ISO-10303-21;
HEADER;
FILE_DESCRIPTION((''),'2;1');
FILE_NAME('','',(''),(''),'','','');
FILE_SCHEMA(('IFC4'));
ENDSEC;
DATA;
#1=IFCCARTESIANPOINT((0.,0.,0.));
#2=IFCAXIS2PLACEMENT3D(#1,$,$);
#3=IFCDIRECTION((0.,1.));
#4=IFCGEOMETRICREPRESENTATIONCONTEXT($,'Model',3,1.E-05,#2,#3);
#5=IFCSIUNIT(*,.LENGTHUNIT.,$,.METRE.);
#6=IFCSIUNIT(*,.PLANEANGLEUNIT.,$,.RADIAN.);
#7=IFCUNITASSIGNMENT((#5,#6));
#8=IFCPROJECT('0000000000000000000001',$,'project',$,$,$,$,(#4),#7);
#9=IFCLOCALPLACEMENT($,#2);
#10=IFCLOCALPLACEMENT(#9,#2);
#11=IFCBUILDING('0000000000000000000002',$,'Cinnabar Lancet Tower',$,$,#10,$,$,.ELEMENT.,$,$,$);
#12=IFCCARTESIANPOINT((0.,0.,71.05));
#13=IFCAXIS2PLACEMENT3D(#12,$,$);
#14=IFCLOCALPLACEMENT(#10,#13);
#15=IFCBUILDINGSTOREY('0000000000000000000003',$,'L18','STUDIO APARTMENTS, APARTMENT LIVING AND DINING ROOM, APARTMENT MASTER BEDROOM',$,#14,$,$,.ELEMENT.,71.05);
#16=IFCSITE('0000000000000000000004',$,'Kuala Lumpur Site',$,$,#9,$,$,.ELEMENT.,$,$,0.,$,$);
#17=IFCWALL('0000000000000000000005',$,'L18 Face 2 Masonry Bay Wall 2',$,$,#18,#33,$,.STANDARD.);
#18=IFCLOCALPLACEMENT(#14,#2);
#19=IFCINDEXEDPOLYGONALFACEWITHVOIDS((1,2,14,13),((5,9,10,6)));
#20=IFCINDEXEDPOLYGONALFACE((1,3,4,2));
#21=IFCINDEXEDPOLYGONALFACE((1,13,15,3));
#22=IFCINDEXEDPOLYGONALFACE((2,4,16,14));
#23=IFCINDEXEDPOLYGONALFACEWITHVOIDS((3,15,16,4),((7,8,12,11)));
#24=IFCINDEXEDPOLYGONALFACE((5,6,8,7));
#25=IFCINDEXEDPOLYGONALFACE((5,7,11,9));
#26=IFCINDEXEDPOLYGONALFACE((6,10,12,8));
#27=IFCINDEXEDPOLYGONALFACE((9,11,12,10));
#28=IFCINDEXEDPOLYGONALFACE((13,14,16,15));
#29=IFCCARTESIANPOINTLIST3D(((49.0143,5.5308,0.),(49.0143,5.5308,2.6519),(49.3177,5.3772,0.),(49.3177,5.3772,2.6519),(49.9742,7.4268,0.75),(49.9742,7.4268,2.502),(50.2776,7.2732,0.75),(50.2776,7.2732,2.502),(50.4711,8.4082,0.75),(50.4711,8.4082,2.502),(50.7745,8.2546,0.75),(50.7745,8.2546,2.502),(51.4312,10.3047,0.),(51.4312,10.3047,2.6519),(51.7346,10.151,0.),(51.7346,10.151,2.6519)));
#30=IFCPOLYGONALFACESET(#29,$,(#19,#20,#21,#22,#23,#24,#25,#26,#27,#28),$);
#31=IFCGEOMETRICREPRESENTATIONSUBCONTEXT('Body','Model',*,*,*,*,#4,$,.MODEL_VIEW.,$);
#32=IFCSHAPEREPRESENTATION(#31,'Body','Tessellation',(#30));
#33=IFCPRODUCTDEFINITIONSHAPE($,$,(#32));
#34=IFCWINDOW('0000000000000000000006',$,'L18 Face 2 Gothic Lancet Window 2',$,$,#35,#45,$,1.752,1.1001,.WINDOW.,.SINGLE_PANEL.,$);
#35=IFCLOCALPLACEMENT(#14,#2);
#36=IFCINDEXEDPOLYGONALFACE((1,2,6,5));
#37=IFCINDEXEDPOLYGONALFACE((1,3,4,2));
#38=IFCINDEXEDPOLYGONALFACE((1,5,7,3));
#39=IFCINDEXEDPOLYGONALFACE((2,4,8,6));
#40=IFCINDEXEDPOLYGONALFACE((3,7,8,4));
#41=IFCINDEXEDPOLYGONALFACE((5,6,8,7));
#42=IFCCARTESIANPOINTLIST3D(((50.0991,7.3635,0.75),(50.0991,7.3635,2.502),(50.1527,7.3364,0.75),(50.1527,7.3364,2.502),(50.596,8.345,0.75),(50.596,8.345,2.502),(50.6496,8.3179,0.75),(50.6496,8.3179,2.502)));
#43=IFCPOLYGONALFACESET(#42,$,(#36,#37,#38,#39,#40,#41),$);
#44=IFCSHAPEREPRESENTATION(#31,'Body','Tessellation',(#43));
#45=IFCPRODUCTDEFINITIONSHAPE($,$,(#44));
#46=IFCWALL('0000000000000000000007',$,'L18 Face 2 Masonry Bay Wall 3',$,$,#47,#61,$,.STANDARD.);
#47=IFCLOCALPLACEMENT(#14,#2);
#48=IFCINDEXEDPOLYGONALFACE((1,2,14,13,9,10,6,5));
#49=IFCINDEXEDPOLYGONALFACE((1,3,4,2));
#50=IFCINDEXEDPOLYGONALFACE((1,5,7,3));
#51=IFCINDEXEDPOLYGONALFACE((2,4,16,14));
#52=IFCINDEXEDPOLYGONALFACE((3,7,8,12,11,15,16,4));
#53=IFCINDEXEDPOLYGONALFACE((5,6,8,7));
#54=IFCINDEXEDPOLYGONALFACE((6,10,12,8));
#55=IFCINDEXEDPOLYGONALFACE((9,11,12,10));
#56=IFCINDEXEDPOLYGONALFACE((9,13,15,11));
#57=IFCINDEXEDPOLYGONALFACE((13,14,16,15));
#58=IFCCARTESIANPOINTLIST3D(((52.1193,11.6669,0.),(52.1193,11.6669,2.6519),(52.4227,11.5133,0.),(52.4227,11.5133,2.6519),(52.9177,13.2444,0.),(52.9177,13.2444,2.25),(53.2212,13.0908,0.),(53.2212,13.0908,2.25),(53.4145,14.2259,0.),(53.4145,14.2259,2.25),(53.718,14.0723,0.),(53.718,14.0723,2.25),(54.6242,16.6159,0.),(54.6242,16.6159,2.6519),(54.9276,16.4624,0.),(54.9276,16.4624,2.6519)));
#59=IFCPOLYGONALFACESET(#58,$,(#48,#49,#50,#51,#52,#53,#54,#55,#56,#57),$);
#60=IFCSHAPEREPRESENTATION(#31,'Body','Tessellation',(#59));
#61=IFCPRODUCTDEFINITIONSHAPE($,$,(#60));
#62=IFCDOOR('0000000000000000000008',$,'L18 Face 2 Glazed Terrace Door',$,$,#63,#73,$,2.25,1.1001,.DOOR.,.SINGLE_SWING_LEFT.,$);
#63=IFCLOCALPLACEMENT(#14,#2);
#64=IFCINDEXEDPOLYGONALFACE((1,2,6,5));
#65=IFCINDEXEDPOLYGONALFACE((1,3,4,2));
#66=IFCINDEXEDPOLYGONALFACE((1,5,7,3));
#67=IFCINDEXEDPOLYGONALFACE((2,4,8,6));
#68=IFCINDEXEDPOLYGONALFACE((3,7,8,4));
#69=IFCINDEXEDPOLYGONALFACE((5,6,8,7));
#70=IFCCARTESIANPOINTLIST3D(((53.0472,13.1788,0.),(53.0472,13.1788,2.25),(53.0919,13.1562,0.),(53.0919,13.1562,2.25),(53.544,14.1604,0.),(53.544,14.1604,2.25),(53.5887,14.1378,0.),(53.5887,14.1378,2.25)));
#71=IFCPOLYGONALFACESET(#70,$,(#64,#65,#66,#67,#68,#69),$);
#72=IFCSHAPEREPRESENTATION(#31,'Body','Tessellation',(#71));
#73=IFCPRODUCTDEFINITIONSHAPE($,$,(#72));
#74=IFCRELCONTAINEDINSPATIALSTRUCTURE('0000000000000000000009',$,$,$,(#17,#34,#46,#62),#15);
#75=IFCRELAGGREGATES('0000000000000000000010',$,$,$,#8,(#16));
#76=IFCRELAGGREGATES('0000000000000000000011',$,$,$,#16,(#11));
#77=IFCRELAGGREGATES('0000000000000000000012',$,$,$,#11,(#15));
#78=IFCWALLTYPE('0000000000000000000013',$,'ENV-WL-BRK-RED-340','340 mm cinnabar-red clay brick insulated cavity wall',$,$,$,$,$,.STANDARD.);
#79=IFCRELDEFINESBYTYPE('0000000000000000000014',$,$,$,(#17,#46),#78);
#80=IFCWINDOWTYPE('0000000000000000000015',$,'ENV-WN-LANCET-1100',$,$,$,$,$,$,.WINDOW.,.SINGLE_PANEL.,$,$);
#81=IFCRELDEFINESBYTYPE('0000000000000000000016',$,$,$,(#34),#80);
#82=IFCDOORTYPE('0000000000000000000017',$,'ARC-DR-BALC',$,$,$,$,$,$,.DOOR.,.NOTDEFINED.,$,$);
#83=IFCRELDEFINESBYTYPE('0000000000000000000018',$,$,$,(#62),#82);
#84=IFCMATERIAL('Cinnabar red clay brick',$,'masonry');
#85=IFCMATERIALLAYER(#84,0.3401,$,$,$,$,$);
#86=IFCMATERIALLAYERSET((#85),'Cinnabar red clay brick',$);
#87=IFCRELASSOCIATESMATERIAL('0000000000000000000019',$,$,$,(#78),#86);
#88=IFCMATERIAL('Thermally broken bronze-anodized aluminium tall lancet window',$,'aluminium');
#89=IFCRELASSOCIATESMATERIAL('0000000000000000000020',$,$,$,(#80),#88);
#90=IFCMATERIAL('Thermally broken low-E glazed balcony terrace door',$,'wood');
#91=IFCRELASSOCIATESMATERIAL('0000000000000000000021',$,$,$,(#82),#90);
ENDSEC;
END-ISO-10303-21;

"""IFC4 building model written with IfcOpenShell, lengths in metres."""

from ifc_helpers import new_model, si_unit, direction, frame, frame_2d, origin, place, context, subcontext, project, spatial, rectangle, extrude, material, layer, layer_set, type_object, element, fill, save


model = new_model("IFC4")

# Units and contexts
model_context = context("Model", 3, precision=1e-05, world=origin(), true_north=direction((0.0, 1.0)))
body_context = subcontext(model_context, "Body", "Model", "MODEL_VIEW")
ifc_project = project(units=[si_unit("LENGTHUNIT", "METRE"), si_unit("PLANEANGLEUNIT", "RADIAN")], contexts=[model_context])

# Site, building, storey
site_placement = place(None, origin())
site = spatial("IfcSite", under=ifc_project, at=site_placement, Name="Kuala Lumpur Site", CompositionType="ELEMENT", RefElevation=0.0)
building_placement = place(site_placement, origin())
building = spatial("IfcBuilding", under=site, at=building_placement, Name="Cinnabar Lancet Tower", CompositionType="ELEMENT")
storey_placement = place(building_placement, frame((0.0, 0.0, 71.05)))
storey = spatial("IfcBuildingStorey", under=building, at=storey_placement, Name="L18", Description="STUDIO APARTMENTS, APARTMENT LIVING AND DINING ROOM, APARTMENT MASTER BEDROOM", CompositionType="ELEMENT", Elevation=71.05)

# Shared definitions
ifc_material_1 = material(Name="Cinnabar red clay brick", Category="masonry")
ifc_layer_1 = layer(ifc_material_1, 0.3401)
ifc_layer_set_1 = layer_set([ifc_layer_1], Name="Cinnabar red clay brick")
wall_type_1 = type_object("IfcWallType", Name="ENV-WL-BRK-RED-340", Description="340 mm cinnabar-red clay brick insulated cavity wall", PredefinedType="STANDARD", material=ifc_layer_set_1)

# Wall, opening, window
wall_1_placement = place(storey_placement, frame((49.166, 5.4541, 0.0), z_axis=(0.0, 0.0, 1.0), x_axis=(0.451698, 0.892171, 0.0)))
wall_1 = element("IfcWall", 1, at=wall_1_placement, inside=storey, type_object=wall_type_1, Name="L18 Face 2 Masonry Bay Wall 2", PredefinedType="STANDARD", context=body_context, shape_type="SweptSolid", body=[
    extrude(rectangle(XDim=5.3508, YDim=0.3401, at=frame_2d((2.6753, 0.0))), origin(), (0.0, 0.0, 1.0), 2.6519),
])
opening_1_placement = place(wall_1_placement, frame((2.125, 0.0, 0.75)))
opening_1 = element("IfcOpeningElement", 2, at=opening_1_placement, cuts=wall_1, PredefinedType="OPENING", context=body_context, shape_type="SweptSolid", body=[
    extrude(rectangle(XDim=1.1001, YDim=1.752, at=frame_2d((0.55, 0.876))), frame((0.0, 0.1799, 0.0), z_axis=(0.0, -1.0, 0.0), x_axis=(1.0, 0.0, 0.0)), (0.0, 0.0, 1.0), 0.3601),
])
ifc_material_2 = material(Name="Thermally broken bronze-anodized aluminium tall lancet window", Category="aluminium")
window_type = type_object("IfcWindowType", Name="ENV-WN-LANCET-1100", PartitioningType="SINGLE_PANEL", PredefinedType="WINDOW", material=ifc_material_2)
window_placement = place(opening_1_placement, origin())
window = element("IfcWindow", 3, at=window_placement, inside=storey, type_object=window_type, Name="L18 Face 2 Gothic Lancet Window 2", OverallHeight=1.752, OverallWidth=1.1001, PartitioningType="SINGLE_PANEL", PredefinedType="WINDOW", context=body_context, shape_type="SweptSolid", body=[
    extrude(rectangle(XDim=1.1001, YDim=1.752, at=frame_2d((0.55, 0.876))), frame((0.0, 0.03, 0.0), z_axis=(0.0, -1.0, 0.0), x_axis=(1.0, 0.0, 0.0)), (0.0, 0.0, 1.0), 0.0601),
])
fill(opening_1, window)

# Wall, opening, door
wall_2_placement = place(storey_placement, frame((52.271, 11.5901, 0.0), z_axis=(0.0, 0.0, 1.0), x_axis=(0.451592, 0.892225, 0.0)))
wall_2 = element("IfcWall", 4, at=wall_2_placement, inside=storey, type_object=wall_type_1, Name="L18 Face 2 Masonry Bay Wall 3", PredefinedType="STANDARD", context=body_context, shape_type="SweptSolid", body=[
    extrude(rectangle(XDim=5.5469, YDim=0.3401, at=frame_2d((2.7734, 0.0))), origin(), (0.0, 0.0, 1.0), 2.6519),
])
opening_2_placement = place(wall_2_placement, frame((1.7681, 0.0, 0.0)))
opening_2 = element("IfcOpeningElement", 5, at=opening_2_placement, cuts=wall_2, PredefinedType="OPENING", context=body_context, shape_type="SweptSolid", body=[
    extrude(rectangle(XDim=1.1001, YDim=2.25, at=frame_2d((0.55, 1.125))), frame((0.0, 0.1799, 0.0), z_axis=(0.0, -1.0, 0.0), x_axis=(1.0, 0.0, 0.0)), (0.0, 0.0, 1.0), 0.3601),
])
ifc_material_3 = material(Name="Thermally broken low-E glazed balcony terrace door", Category="wood")
door_type = type_object("IfcDoorType", Name="ARC-DR-BALC", OperationType="NOTDEFINED", PredefinedType="DOOR", material=ifc_material_3)
door_placement = place(opening_2_placement, origin())
door = element("IfcDoor", 6, at=door_placement, inside=storey, type_object=door_type, Name="L18 Face 2 Glazed Terrace Door", OperationType="SINGLE_SWING_LEFT", OverallHeight=2.25, OverallWidth=1.1001, PredefinedType="DOOR", context=body_context, shape_type="SweptSolid", body=[
    extrude(rectangle(XDim=1.1001, YDim=2.25, at=frame_2d((0.55, 1.125))), frame((0.0, 0.0249, 0.0), z_axis=(0.0, -1.0, 0.0), x_axis=(1.0, 0.0, 0.0)), (0.0, 0.0, 1.0), 0.05),
])
fill(opening_2, door)

save(model, "model.ifc")
